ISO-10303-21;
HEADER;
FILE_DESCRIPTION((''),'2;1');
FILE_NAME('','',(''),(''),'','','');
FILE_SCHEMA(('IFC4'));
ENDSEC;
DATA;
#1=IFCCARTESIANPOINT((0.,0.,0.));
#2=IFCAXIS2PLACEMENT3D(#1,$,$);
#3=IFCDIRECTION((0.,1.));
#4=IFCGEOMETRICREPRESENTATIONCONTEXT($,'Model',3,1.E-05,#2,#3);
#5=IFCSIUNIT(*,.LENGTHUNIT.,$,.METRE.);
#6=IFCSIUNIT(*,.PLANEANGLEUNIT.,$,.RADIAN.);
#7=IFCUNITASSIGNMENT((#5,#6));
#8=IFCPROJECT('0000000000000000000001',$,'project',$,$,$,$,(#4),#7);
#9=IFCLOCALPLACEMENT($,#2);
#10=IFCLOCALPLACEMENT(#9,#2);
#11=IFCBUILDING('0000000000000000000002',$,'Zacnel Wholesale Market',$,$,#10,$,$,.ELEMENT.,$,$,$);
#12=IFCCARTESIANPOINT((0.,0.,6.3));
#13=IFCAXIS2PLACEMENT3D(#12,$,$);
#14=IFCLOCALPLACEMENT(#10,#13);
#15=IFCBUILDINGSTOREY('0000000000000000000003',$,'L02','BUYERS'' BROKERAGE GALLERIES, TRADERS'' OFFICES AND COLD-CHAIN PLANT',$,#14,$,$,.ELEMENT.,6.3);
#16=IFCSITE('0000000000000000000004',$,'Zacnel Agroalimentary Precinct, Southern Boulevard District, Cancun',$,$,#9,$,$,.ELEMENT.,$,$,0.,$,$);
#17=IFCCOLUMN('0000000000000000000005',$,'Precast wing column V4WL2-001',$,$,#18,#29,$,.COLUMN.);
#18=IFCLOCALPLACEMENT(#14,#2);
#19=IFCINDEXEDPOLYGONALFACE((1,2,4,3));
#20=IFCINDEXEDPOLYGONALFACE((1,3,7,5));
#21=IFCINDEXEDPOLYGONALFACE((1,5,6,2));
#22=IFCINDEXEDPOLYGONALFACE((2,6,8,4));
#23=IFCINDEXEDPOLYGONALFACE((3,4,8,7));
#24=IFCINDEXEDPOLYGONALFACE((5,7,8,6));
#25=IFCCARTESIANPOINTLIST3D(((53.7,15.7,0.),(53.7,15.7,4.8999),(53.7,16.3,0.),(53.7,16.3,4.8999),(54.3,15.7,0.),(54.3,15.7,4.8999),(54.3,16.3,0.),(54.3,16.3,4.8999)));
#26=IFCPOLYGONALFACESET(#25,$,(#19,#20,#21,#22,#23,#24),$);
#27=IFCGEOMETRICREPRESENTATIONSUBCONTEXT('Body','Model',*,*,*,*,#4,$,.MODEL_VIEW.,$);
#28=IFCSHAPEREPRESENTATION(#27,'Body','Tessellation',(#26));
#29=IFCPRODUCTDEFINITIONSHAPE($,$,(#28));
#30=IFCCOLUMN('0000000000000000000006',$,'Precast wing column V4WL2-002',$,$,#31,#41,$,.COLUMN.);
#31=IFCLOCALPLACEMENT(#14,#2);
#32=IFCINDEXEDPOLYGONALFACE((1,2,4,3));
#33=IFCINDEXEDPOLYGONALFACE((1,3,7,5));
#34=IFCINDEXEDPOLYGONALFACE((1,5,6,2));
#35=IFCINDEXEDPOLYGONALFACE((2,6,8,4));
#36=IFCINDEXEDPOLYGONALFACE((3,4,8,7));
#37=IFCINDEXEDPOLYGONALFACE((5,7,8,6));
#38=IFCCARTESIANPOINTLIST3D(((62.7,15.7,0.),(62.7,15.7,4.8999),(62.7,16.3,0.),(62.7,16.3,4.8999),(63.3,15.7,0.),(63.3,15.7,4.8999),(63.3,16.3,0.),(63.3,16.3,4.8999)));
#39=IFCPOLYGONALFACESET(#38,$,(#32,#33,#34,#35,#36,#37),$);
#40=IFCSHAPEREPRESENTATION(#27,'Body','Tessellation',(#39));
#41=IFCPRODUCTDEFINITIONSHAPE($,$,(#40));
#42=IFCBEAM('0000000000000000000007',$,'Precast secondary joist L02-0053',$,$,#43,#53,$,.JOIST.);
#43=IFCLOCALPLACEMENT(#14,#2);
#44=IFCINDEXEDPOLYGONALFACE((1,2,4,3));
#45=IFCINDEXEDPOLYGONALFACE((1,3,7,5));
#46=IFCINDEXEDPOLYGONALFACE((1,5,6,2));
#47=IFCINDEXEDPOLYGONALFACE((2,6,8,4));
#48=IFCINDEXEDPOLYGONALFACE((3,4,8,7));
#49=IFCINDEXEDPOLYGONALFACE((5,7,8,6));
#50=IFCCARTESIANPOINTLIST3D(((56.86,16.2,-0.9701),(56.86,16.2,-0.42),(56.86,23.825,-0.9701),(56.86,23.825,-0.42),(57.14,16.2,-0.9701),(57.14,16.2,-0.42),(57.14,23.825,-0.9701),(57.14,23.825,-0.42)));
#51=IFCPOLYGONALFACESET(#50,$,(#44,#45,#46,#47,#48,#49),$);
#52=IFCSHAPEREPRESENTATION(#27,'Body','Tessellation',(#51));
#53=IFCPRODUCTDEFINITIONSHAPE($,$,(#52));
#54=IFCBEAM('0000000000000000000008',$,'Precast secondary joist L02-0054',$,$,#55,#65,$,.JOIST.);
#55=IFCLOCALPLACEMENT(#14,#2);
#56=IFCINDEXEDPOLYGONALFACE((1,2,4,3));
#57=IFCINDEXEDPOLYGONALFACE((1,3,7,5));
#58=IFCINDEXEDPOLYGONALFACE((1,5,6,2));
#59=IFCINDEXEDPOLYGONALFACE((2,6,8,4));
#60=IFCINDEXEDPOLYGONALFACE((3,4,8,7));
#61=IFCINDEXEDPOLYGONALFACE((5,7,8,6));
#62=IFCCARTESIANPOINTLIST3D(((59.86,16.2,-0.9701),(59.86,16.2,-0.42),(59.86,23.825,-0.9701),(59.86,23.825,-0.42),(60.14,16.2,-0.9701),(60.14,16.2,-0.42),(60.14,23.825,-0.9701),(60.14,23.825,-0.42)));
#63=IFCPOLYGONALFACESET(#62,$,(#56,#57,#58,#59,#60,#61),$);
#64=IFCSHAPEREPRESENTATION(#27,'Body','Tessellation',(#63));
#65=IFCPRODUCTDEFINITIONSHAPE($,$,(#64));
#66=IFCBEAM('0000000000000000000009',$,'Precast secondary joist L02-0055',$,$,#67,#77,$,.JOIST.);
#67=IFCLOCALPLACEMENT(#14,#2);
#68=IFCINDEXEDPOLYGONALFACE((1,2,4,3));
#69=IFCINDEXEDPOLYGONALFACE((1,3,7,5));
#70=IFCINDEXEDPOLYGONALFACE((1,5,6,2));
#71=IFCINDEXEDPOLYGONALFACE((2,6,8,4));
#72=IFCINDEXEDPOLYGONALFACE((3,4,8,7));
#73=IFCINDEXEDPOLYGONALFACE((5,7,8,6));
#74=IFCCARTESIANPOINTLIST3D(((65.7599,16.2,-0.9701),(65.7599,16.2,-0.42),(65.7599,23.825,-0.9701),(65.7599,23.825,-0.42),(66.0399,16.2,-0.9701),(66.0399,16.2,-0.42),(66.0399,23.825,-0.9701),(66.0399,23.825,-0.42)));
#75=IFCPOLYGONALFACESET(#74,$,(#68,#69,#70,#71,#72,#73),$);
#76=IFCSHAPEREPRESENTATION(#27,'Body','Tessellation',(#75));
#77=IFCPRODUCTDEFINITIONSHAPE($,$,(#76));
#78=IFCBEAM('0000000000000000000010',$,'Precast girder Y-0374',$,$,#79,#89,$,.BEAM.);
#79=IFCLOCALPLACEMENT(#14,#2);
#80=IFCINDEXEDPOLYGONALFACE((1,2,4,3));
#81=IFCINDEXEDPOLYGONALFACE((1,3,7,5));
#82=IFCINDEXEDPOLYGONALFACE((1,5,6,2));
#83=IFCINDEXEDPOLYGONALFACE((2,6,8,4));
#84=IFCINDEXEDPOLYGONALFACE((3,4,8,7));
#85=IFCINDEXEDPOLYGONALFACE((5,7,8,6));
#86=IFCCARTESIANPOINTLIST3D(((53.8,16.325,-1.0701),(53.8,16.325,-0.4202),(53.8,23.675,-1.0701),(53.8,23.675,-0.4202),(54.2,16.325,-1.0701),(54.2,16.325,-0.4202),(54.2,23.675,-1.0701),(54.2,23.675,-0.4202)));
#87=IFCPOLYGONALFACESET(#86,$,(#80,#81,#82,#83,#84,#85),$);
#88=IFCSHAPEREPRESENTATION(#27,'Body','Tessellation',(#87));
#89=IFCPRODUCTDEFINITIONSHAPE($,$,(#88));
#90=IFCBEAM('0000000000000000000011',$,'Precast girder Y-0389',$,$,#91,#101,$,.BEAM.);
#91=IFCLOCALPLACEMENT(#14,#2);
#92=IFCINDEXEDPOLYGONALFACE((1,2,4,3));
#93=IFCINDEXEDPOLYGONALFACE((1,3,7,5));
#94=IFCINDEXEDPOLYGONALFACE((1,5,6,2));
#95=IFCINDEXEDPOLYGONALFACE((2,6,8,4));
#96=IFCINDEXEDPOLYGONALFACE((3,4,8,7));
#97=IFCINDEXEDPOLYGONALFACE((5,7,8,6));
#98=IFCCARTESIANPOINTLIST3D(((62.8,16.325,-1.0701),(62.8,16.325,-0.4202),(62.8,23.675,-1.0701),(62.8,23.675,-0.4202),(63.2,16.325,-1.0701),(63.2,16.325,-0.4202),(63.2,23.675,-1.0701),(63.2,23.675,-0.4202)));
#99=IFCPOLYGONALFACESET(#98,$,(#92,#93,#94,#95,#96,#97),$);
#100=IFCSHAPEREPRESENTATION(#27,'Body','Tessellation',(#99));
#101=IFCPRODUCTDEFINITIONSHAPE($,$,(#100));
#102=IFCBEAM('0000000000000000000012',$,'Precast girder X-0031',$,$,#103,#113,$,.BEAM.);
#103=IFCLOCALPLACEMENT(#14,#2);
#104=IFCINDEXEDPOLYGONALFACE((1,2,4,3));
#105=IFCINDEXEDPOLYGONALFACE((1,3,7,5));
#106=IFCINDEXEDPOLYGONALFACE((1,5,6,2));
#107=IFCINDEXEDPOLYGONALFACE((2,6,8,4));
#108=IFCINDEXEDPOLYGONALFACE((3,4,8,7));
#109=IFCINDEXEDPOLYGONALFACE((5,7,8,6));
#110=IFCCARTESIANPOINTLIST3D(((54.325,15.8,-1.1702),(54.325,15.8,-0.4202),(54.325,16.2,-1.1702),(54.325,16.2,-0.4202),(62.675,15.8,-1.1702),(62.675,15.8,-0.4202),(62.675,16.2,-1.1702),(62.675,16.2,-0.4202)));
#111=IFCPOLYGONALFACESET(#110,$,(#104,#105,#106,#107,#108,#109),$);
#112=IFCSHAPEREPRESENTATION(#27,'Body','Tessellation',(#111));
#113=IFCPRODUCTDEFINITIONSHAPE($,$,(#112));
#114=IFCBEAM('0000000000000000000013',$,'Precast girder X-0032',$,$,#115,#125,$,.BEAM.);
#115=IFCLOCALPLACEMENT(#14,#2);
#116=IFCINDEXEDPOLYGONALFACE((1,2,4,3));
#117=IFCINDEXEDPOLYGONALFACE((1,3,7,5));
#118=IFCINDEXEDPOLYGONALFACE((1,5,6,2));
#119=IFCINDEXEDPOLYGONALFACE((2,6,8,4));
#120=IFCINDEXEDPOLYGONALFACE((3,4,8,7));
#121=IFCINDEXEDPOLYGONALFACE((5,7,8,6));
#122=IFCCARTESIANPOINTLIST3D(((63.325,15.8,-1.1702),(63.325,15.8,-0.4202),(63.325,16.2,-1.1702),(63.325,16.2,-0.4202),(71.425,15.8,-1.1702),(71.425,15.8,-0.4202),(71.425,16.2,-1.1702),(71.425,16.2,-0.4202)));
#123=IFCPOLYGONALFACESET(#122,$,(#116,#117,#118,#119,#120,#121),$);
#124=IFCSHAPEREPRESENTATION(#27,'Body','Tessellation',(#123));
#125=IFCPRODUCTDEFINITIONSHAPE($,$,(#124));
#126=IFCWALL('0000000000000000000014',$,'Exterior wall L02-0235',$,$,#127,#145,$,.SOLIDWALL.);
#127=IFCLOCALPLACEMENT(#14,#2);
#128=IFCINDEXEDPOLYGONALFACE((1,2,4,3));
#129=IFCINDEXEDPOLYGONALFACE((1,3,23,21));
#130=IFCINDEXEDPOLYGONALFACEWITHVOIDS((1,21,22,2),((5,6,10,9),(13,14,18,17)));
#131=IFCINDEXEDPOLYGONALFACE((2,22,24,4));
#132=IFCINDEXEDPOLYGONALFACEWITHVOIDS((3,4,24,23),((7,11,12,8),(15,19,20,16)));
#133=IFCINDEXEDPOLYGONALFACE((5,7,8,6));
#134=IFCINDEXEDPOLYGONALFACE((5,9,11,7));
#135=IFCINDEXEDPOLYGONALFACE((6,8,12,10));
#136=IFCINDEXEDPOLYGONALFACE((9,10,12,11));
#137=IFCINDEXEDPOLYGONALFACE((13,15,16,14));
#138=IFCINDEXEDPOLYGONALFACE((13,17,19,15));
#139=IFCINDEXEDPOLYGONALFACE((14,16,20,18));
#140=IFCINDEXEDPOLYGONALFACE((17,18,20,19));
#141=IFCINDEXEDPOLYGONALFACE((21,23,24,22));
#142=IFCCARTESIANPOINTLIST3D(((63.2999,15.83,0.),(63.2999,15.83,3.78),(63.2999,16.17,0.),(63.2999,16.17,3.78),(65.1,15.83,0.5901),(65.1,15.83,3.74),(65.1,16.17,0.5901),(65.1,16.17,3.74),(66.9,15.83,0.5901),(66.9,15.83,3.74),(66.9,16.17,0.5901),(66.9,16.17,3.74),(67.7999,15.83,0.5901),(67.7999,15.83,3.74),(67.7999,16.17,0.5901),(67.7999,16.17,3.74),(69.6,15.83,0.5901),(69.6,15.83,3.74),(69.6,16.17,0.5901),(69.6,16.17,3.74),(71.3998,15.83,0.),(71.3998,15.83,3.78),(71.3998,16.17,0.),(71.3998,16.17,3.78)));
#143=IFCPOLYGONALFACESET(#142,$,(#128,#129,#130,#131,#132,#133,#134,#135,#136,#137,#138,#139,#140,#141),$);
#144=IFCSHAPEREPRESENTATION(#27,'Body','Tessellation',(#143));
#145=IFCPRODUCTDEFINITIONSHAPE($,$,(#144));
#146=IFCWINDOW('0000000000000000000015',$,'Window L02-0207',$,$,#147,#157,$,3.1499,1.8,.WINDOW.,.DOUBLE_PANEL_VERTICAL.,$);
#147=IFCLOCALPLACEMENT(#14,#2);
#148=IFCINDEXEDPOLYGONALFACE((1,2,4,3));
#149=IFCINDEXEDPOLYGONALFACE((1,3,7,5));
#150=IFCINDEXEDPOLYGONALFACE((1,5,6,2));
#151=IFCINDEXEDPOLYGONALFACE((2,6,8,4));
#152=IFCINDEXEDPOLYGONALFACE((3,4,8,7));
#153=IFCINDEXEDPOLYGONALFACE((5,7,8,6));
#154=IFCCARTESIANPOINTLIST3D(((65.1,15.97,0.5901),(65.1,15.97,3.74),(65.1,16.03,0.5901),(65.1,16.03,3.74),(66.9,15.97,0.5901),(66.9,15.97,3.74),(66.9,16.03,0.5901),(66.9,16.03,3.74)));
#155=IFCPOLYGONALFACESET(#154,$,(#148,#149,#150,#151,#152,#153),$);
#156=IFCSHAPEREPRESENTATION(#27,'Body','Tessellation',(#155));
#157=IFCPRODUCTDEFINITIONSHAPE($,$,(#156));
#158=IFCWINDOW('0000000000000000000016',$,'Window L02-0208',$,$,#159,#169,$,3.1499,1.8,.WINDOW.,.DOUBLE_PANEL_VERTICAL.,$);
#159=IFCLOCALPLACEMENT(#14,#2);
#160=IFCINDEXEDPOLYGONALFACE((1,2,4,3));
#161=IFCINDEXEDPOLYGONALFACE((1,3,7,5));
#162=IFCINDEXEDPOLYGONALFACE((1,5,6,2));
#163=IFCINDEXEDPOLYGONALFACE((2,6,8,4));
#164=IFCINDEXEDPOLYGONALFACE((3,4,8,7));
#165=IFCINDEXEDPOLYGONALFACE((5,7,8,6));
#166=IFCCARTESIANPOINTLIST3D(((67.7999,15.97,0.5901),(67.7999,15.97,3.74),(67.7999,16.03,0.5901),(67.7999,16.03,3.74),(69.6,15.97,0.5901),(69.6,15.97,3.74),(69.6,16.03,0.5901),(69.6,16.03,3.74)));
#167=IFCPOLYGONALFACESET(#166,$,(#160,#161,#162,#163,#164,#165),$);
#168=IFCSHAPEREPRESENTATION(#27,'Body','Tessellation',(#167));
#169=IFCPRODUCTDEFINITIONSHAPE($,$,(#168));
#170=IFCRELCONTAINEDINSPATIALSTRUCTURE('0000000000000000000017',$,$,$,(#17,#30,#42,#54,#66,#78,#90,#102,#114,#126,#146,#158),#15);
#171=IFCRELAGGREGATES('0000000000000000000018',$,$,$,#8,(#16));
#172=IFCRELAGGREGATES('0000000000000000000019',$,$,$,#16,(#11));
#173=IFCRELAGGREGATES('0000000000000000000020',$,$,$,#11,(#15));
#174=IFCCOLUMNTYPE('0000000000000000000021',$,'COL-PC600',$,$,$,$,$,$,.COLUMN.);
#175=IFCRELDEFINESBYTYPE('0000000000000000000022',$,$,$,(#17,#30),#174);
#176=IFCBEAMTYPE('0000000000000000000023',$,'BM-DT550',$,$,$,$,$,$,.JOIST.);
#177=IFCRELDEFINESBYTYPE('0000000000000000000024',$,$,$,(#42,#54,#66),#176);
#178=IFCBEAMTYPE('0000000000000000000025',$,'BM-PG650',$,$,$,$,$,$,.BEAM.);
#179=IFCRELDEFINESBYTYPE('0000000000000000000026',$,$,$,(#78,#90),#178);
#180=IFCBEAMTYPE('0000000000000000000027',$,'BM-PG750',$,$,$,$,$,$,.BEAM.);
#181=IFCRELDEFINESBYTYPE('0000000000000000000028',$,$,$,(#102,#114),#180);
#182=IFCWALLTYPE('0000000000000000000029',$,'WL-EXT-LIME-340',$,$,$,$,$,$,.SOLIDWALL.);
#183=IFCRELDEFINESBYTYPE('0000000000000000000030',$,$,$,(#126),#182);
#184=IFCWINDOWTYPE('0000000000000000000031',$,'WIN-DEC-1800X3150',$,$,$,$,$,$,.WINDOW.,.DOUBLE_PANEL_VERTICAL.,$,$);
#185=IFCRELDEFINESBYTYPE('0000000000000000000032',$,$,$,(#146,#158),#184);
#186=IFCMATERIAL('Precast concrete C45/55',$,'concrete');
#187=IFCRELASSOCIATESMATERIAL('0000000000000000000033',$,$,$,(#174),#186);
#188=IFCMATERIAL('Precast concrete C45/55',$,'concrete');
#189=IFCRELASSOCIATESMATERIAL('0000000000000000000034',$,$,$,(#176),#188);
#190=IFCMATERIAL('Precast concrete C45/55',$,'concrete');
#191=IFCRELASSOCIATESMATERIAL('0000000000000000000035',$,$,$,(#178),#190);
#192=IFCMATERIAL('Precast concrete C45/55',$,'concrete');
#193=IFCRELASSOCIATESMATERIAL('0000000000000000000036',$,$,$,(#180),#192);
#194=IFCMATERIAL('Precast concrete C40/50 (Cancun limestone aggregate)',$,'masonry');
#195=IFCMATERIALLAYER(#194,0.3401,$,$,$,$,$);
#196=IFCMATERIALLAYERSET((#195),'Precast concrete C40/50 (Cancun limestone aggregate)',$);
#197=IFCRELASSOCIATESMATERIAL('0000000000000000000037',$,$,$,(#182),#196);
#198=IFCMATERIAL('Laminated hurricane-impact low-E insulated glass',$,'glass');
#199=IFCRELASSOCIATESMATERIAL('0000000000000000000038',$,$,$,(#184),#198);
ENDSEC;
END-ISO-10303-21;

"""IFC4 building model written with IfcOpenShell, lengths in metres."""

from ifc_helpers import new_model, si_unit, direction, frame, frame_2d, origin, origin_2d, place, context, subcontext, project, spatial, rectangle, extrude, material, layer, layer_set, material_profile, profile_set, type_object, element, fill, save


model = new_model("IFC4")

# Units and contexts
model_context = context("Model", 3, precision=1e-05, world=origin(), true_north=direction((0.0, 1.0)))
body_context = subcontext(model_context, "Body", "Model", "MODEL_VIEW")
ifc_project = project(units=[si_unit("LENGTHUNIT", "METRE"), si_unit("PLANEANGLEUNIT", "RADIAN")], contexts=[model_context])

# Site, building, storey
site_placement = place(None, origin())
site = spatial("IfcSite", under=ifc_project, at=site_placement, Name="Zacnel Agroalimentary Precinct, Southern Boulevard District, Cancun", CompositionType="ELEMENT", RefElevation=0.0)
building_placement = place(site_placement, origin())
building = spatial("IfcBuilding", under=site, at=building_placement, Name="Zacnel Wholesale Market", CompositionType="ELEMENT")
storey_placement = place(building_placement, frame((0.0, 0.0, 6.3)))
storey = spatial("IfcBuildingStorey", under=building, at=storey_placement, Name="L02", Description="BUYERS' BROKERAGE GALLERIES, TRADERS' OFFICES AND COLD-CHAIN PLANT", CompositionType="ELEMENT", Elevation=6.3)

# Columns
ifc_material_1 = material(Name="Precast concrete C45/55", Category="concrete")
ifc_material_profile_1 = material_profile(ifc_material_1, rectangle(XDim=0.6001, YDim=0.6001, at=origin_2d()), Name="PC 600x600")
ifc_profile_set_1 = profile_set([ifc_material_profile_1], Name="Precast concrete C45/55")
column_type = type_object("IfcColumnType", Name="COL-PC600", PredefinedType="COLUMN", material=ifc_profile_set_1)
for number, where, z_axis, x_axis, name in (
    (1, (54.0, 16.0, 0.0), (0.0, 0.0, 1.0), (1.0, 0.0, 0.0), "Precast wing column V4WL2-001"),
    (2, (63.0, 16.0, 0.0), (0.0, 0.0, 1.0), (1.0, 0.0, 0.0), "Precast wing column V4WL2-002"),
):
    element("IfcColumn", number, at=place(storey_placement, frame(where, z_axis=z_axis, x_axis=x_axis)), inside=storey, type_object=column_type, Name=name, PredefinedType="COLUMN", context=body_context, shape_type="SweptSolid", body=[
        extrude(rectangle(XDim=0.6001, YDim=0.6001, at=origin_2d()), origin(), (0.0, 0.0, 1.0), 4.8999),
    ])

# Beams
ifc_material_2 = material(Name="Precast concrete C45/55", Category="concrete")
ifc_material_profile_2 = material_profile(ifc_material_2, rectangle(XDim=0.28, YDim=0.55, at=origin_2d()), Name="DT RIB 280x550")
ifc_profile_set_2 = profile_set([ifc_material_profile_2], Name="Precast concrete C45/55")
beam_type_1 = type_object("IfcBeamType", Name="BM-DT550", PredefinedType="JOIST", material=ifc_profile_set_2)
for number, where, z_axis, x_axis, name in (
    (3, (57.0, 16.2, -0.6951), (0.0, 1.0, 0.0), (-1.0, 0.0, 0.0), "Precast secondary joist L02-0053"),
    (4, (60.0, 16.2, -0.6951), (0.0, 1.0, 0.0), (-1.0, 0.0, 0.0), "Precast secondary joist L02-0054"),
    (5, (65.8999, 16.2, -0.6951), (0.0, 1.0, 0.0), (-1.0, 0.0, 0.0), "Precast secondary joist L02-0055"),
):
    element("IfcBeam", number, at=place(storey_placement, frame(where, z_axis=z_axis, x_axis=x_axis)), inside=storey, type_object=beam_type_1, Name=name, PredefinedType="JOIST", context=body_context, shape_type="SweptSolid", body=[
        extrude(rectangle(XDim=0.28, YDim=0.55, at=origin_2d()), origin(), (0.0, 0.0, 1.0), 7.625),
    ])
ifc_material_3 = material(Name="Precast concrete C45/55", Category="concrete")
ifc_material_profile_3 = material_profile(ifc_material_3, rectangle(XDim=0.3999, YDim=0.6499, at=origin_2d()), Name="PG 400x650")
ifc_profile_set_3 = profile_set([ifc_material_profile_3], Name="Precast concrete C45/55")
beam_type_2 = type_object("IfcBeamType", Name="BM-PG650", PredefinedType="BEAM", material=ifc_profile_set_3)
for number, where, z_axis, x_axis, name in (
    (6, (54.0, 16.325, -0.7451), (0.0, 1.0, 0.0), (-1.0, 0.0, 0.0), "Precast girder Y-0374"),
    (7, (63.0, 16.325, -0.7451), (0.0, 1.0, 0.0), (-1.0, 0.0, 0.0), "Precast girder Y-0389"),
):
    element("IfcBeam", number, at=place(storey_placement, frame(where, z_axis=z_axis, x_axis=x_axis)), inside=storey, type_object=beam_type_2, Name=name, PredefinedType="BEAM", context=body_context, shape_type="SweptSolid", body=[
        extrude(rectangle(XDim=0.3999, YDim=0.6499, at=origin_2d()), origin(), (0.0, 0.0, 1.0), 7.3501),
    ])
ifc_material_4 = material(Name="Precast concrete C45/55", Category="concrete")
ifc_material_profile_4 = material_profile(ifc_material_4, rectangle(XDim=0.3999, YDim=0.75, at=origin_2d()), Name="PG 400x750")
ifc_profile_set_4 = profile_set([ifc_material_profile_4], Name="Precast concrete C45/55")
beam_type_3 = type_object("IfcBeamType", Name="BM-PG750", PredefinedType="BEAM", material=ifc_profile_set_4)
beam_1_placement = place(storey_placement, frame((54.325, 16.0, -0.7952), z_axis=(1.0, 0.0, 0.0), x_axis=(0.0, 1.0, 0.0)))
element("IfcBeam", 8, at=beam_1_placement, inside=storey, type_object=beam_type_3, Name="Precast girder X-0031", PredefinedType="BEAM", context=body_context, shape_type="SweptSolid", body=[
    extrude(rectangle(XDim=0.3999, YDim=0.75, at=origin_2d()), origin(), (0.0, 0.0, 1.0), 8.3501),
])
beam_2_placement = place(storey_placement, frame((63.325, 16.0, -0.7952), z_axis=(1.0, 0.0, 0.0), x_axis=(0.0, 1.0, 0.0)))
element("IfcBeam", 9, at=beam_2_placement, inside=storey, type_object=beam_type_3, Name="Precast girder X-0032", PredefinedType="BEAM", context=body_context, shape_type="SweptSolid", body=[
    extrude(rectangle(XDim=0.3999, YDim=0.75, at=origin_2d()), origin(), (0.0, 0.0, 1.0), 8.1001),
])

# Shared definitions
ifc_material_5 = material(Name="Precast concrete C40/50 (Cancun limestone aggregate)", Category="masonry")
ifc_layer_1 = layer(ifc_material_5, 0.3401)
ifc_layer_set_1 = layer_set([ifc_layer_1], Name="Precast concrete C40/50 (Cancun limestone aggregate)")
wall_type = type_object("IfcWallType", Name="WL-EXT-LIME-340", PredefinedType="SOLIDWALL", material=ifc_layer_set_1)

# Wall, openings, windows
wall_1_placement = place(storey_placement, frame((63.3, 16.0, 0.0), z_axis=(0.0, 0.0, 1.0), x_axis=(1.0, 0.0, 0.0)))
wall_1 = element("IfcWall", 10, at=wall_1_placement, inside=storey, type_object=wall_type, Name="Exterior wall L02-0235", PredefinedType="SOLIDWALL", context=body_context, shape_type="SweptSolid", body=[
    extrude(rectangle(XDim=8.0999, YDim=0.3401, at=frame_2d((4.0498, 0.0))), origin(), (0.0, 0.0, 1.0), 3.78),
])
opening_1_placement = place(wall_1_placement, frame((1.8, 0.0, 0.5901)))
opening_1 = element("IfcOpeningElement", 11, at=opening_1_placement, cuts=wall_1, PredefinedType="OPENING", context=body_context, shape_type="SweptSolid", body=[
    extrude(rectangle(XDim=1.8, YDim=3.1499, at=frame_2d((0.8999, 1.575))), frame((0.0, 0.1799, 0.0), z_axis=(0.0, -1.0, 0.0), x_axis=(1.0, 0.0, 0.0)), (0.0, 0.0, 1.0), 0.3601),
])
opening_2_placement = place(wall_1_placement, frame((4.5, 0.0, 0.5901)))
opening_2 = element("IfcOpeningElement", 12, at=opening_2_placement, cuts=wall_1, PredefinedType="OPENING", context=body_context, shape_type="SweptSolid", body=[
    extrude(rectangle(XDim=1.8, YDim=3.1499, at=frame_2d((0.8999, 1.575))), frame((0.0, 0.1799, 0.0), z_axis=(0.0, -1.0, 0.0), x_axis=(1.0, 0.0, 0.0)), (0.0, 0.0, 1.0), 0.3601),
])
ifc_material_6 = material(Name="Laminated hurricane-impact low-E insulated glass", Category="glass")
window_type = type_object("IfcWindowType", Name="WIN-DEC-1800X3150", PartitioningType="DOUBLE_PANEL_VERTICAL", PredefinedType="WINDOW", material=ifc_material_6)
window_1_placement = place(opening_1_placement, origin())
window_1 = element("IfcWindow", 13, at=window_1_placement, inside=storey, type_object=window_type, Name="Window L02-0207", OverallHeight=3.1499, OverallWidth=1.8, PartitioningType="DOUBLE_PANEL_VERTICAL", PredefinedType="WINDOW", context=body_context, shape_type="SweptSolid", body=[
    extrude(rectangle(XDim=1.8, YDim=3.1499, at=frame_2d((0.8999, 1.575))), frame((0.0, 0.03, 0.0), z_axis=(0.0, -1.0, 0.0), x_axis=(1.0, 0.0, 0.0)), (0.0, 0.0, 1.0), 0.0601),
])
fill(opening_1, window_1)
window_2_placement = place(opening_2_placement, origin())
window_2 = element("IfcWindow", 14, at=window_2_placement, inside=storey, type_object=window_type, Name="Window L02-0208", OverallHeight=3.1499, OverallWidth=1.8, PartitioningType="DOUBLE_PANEL_VERTICAL", PredefinedType="WINDOW", context=body_context, shape_type="SweptSolid", body=[
    extrude(rectangle(XDim=1.8, YDim=3.1499, at=frame_2d((0.8999, 1.575))), frame((0.0, 0.03, 0.0), z_axis=(0.0, -1.0, 0.0), x_axis=(1.0, 0.0, 0.0)), (0.0, 0.0, 1.0), 0.0601),
])
fill(opening_2, window_2)

save(model, "model.ifc")
